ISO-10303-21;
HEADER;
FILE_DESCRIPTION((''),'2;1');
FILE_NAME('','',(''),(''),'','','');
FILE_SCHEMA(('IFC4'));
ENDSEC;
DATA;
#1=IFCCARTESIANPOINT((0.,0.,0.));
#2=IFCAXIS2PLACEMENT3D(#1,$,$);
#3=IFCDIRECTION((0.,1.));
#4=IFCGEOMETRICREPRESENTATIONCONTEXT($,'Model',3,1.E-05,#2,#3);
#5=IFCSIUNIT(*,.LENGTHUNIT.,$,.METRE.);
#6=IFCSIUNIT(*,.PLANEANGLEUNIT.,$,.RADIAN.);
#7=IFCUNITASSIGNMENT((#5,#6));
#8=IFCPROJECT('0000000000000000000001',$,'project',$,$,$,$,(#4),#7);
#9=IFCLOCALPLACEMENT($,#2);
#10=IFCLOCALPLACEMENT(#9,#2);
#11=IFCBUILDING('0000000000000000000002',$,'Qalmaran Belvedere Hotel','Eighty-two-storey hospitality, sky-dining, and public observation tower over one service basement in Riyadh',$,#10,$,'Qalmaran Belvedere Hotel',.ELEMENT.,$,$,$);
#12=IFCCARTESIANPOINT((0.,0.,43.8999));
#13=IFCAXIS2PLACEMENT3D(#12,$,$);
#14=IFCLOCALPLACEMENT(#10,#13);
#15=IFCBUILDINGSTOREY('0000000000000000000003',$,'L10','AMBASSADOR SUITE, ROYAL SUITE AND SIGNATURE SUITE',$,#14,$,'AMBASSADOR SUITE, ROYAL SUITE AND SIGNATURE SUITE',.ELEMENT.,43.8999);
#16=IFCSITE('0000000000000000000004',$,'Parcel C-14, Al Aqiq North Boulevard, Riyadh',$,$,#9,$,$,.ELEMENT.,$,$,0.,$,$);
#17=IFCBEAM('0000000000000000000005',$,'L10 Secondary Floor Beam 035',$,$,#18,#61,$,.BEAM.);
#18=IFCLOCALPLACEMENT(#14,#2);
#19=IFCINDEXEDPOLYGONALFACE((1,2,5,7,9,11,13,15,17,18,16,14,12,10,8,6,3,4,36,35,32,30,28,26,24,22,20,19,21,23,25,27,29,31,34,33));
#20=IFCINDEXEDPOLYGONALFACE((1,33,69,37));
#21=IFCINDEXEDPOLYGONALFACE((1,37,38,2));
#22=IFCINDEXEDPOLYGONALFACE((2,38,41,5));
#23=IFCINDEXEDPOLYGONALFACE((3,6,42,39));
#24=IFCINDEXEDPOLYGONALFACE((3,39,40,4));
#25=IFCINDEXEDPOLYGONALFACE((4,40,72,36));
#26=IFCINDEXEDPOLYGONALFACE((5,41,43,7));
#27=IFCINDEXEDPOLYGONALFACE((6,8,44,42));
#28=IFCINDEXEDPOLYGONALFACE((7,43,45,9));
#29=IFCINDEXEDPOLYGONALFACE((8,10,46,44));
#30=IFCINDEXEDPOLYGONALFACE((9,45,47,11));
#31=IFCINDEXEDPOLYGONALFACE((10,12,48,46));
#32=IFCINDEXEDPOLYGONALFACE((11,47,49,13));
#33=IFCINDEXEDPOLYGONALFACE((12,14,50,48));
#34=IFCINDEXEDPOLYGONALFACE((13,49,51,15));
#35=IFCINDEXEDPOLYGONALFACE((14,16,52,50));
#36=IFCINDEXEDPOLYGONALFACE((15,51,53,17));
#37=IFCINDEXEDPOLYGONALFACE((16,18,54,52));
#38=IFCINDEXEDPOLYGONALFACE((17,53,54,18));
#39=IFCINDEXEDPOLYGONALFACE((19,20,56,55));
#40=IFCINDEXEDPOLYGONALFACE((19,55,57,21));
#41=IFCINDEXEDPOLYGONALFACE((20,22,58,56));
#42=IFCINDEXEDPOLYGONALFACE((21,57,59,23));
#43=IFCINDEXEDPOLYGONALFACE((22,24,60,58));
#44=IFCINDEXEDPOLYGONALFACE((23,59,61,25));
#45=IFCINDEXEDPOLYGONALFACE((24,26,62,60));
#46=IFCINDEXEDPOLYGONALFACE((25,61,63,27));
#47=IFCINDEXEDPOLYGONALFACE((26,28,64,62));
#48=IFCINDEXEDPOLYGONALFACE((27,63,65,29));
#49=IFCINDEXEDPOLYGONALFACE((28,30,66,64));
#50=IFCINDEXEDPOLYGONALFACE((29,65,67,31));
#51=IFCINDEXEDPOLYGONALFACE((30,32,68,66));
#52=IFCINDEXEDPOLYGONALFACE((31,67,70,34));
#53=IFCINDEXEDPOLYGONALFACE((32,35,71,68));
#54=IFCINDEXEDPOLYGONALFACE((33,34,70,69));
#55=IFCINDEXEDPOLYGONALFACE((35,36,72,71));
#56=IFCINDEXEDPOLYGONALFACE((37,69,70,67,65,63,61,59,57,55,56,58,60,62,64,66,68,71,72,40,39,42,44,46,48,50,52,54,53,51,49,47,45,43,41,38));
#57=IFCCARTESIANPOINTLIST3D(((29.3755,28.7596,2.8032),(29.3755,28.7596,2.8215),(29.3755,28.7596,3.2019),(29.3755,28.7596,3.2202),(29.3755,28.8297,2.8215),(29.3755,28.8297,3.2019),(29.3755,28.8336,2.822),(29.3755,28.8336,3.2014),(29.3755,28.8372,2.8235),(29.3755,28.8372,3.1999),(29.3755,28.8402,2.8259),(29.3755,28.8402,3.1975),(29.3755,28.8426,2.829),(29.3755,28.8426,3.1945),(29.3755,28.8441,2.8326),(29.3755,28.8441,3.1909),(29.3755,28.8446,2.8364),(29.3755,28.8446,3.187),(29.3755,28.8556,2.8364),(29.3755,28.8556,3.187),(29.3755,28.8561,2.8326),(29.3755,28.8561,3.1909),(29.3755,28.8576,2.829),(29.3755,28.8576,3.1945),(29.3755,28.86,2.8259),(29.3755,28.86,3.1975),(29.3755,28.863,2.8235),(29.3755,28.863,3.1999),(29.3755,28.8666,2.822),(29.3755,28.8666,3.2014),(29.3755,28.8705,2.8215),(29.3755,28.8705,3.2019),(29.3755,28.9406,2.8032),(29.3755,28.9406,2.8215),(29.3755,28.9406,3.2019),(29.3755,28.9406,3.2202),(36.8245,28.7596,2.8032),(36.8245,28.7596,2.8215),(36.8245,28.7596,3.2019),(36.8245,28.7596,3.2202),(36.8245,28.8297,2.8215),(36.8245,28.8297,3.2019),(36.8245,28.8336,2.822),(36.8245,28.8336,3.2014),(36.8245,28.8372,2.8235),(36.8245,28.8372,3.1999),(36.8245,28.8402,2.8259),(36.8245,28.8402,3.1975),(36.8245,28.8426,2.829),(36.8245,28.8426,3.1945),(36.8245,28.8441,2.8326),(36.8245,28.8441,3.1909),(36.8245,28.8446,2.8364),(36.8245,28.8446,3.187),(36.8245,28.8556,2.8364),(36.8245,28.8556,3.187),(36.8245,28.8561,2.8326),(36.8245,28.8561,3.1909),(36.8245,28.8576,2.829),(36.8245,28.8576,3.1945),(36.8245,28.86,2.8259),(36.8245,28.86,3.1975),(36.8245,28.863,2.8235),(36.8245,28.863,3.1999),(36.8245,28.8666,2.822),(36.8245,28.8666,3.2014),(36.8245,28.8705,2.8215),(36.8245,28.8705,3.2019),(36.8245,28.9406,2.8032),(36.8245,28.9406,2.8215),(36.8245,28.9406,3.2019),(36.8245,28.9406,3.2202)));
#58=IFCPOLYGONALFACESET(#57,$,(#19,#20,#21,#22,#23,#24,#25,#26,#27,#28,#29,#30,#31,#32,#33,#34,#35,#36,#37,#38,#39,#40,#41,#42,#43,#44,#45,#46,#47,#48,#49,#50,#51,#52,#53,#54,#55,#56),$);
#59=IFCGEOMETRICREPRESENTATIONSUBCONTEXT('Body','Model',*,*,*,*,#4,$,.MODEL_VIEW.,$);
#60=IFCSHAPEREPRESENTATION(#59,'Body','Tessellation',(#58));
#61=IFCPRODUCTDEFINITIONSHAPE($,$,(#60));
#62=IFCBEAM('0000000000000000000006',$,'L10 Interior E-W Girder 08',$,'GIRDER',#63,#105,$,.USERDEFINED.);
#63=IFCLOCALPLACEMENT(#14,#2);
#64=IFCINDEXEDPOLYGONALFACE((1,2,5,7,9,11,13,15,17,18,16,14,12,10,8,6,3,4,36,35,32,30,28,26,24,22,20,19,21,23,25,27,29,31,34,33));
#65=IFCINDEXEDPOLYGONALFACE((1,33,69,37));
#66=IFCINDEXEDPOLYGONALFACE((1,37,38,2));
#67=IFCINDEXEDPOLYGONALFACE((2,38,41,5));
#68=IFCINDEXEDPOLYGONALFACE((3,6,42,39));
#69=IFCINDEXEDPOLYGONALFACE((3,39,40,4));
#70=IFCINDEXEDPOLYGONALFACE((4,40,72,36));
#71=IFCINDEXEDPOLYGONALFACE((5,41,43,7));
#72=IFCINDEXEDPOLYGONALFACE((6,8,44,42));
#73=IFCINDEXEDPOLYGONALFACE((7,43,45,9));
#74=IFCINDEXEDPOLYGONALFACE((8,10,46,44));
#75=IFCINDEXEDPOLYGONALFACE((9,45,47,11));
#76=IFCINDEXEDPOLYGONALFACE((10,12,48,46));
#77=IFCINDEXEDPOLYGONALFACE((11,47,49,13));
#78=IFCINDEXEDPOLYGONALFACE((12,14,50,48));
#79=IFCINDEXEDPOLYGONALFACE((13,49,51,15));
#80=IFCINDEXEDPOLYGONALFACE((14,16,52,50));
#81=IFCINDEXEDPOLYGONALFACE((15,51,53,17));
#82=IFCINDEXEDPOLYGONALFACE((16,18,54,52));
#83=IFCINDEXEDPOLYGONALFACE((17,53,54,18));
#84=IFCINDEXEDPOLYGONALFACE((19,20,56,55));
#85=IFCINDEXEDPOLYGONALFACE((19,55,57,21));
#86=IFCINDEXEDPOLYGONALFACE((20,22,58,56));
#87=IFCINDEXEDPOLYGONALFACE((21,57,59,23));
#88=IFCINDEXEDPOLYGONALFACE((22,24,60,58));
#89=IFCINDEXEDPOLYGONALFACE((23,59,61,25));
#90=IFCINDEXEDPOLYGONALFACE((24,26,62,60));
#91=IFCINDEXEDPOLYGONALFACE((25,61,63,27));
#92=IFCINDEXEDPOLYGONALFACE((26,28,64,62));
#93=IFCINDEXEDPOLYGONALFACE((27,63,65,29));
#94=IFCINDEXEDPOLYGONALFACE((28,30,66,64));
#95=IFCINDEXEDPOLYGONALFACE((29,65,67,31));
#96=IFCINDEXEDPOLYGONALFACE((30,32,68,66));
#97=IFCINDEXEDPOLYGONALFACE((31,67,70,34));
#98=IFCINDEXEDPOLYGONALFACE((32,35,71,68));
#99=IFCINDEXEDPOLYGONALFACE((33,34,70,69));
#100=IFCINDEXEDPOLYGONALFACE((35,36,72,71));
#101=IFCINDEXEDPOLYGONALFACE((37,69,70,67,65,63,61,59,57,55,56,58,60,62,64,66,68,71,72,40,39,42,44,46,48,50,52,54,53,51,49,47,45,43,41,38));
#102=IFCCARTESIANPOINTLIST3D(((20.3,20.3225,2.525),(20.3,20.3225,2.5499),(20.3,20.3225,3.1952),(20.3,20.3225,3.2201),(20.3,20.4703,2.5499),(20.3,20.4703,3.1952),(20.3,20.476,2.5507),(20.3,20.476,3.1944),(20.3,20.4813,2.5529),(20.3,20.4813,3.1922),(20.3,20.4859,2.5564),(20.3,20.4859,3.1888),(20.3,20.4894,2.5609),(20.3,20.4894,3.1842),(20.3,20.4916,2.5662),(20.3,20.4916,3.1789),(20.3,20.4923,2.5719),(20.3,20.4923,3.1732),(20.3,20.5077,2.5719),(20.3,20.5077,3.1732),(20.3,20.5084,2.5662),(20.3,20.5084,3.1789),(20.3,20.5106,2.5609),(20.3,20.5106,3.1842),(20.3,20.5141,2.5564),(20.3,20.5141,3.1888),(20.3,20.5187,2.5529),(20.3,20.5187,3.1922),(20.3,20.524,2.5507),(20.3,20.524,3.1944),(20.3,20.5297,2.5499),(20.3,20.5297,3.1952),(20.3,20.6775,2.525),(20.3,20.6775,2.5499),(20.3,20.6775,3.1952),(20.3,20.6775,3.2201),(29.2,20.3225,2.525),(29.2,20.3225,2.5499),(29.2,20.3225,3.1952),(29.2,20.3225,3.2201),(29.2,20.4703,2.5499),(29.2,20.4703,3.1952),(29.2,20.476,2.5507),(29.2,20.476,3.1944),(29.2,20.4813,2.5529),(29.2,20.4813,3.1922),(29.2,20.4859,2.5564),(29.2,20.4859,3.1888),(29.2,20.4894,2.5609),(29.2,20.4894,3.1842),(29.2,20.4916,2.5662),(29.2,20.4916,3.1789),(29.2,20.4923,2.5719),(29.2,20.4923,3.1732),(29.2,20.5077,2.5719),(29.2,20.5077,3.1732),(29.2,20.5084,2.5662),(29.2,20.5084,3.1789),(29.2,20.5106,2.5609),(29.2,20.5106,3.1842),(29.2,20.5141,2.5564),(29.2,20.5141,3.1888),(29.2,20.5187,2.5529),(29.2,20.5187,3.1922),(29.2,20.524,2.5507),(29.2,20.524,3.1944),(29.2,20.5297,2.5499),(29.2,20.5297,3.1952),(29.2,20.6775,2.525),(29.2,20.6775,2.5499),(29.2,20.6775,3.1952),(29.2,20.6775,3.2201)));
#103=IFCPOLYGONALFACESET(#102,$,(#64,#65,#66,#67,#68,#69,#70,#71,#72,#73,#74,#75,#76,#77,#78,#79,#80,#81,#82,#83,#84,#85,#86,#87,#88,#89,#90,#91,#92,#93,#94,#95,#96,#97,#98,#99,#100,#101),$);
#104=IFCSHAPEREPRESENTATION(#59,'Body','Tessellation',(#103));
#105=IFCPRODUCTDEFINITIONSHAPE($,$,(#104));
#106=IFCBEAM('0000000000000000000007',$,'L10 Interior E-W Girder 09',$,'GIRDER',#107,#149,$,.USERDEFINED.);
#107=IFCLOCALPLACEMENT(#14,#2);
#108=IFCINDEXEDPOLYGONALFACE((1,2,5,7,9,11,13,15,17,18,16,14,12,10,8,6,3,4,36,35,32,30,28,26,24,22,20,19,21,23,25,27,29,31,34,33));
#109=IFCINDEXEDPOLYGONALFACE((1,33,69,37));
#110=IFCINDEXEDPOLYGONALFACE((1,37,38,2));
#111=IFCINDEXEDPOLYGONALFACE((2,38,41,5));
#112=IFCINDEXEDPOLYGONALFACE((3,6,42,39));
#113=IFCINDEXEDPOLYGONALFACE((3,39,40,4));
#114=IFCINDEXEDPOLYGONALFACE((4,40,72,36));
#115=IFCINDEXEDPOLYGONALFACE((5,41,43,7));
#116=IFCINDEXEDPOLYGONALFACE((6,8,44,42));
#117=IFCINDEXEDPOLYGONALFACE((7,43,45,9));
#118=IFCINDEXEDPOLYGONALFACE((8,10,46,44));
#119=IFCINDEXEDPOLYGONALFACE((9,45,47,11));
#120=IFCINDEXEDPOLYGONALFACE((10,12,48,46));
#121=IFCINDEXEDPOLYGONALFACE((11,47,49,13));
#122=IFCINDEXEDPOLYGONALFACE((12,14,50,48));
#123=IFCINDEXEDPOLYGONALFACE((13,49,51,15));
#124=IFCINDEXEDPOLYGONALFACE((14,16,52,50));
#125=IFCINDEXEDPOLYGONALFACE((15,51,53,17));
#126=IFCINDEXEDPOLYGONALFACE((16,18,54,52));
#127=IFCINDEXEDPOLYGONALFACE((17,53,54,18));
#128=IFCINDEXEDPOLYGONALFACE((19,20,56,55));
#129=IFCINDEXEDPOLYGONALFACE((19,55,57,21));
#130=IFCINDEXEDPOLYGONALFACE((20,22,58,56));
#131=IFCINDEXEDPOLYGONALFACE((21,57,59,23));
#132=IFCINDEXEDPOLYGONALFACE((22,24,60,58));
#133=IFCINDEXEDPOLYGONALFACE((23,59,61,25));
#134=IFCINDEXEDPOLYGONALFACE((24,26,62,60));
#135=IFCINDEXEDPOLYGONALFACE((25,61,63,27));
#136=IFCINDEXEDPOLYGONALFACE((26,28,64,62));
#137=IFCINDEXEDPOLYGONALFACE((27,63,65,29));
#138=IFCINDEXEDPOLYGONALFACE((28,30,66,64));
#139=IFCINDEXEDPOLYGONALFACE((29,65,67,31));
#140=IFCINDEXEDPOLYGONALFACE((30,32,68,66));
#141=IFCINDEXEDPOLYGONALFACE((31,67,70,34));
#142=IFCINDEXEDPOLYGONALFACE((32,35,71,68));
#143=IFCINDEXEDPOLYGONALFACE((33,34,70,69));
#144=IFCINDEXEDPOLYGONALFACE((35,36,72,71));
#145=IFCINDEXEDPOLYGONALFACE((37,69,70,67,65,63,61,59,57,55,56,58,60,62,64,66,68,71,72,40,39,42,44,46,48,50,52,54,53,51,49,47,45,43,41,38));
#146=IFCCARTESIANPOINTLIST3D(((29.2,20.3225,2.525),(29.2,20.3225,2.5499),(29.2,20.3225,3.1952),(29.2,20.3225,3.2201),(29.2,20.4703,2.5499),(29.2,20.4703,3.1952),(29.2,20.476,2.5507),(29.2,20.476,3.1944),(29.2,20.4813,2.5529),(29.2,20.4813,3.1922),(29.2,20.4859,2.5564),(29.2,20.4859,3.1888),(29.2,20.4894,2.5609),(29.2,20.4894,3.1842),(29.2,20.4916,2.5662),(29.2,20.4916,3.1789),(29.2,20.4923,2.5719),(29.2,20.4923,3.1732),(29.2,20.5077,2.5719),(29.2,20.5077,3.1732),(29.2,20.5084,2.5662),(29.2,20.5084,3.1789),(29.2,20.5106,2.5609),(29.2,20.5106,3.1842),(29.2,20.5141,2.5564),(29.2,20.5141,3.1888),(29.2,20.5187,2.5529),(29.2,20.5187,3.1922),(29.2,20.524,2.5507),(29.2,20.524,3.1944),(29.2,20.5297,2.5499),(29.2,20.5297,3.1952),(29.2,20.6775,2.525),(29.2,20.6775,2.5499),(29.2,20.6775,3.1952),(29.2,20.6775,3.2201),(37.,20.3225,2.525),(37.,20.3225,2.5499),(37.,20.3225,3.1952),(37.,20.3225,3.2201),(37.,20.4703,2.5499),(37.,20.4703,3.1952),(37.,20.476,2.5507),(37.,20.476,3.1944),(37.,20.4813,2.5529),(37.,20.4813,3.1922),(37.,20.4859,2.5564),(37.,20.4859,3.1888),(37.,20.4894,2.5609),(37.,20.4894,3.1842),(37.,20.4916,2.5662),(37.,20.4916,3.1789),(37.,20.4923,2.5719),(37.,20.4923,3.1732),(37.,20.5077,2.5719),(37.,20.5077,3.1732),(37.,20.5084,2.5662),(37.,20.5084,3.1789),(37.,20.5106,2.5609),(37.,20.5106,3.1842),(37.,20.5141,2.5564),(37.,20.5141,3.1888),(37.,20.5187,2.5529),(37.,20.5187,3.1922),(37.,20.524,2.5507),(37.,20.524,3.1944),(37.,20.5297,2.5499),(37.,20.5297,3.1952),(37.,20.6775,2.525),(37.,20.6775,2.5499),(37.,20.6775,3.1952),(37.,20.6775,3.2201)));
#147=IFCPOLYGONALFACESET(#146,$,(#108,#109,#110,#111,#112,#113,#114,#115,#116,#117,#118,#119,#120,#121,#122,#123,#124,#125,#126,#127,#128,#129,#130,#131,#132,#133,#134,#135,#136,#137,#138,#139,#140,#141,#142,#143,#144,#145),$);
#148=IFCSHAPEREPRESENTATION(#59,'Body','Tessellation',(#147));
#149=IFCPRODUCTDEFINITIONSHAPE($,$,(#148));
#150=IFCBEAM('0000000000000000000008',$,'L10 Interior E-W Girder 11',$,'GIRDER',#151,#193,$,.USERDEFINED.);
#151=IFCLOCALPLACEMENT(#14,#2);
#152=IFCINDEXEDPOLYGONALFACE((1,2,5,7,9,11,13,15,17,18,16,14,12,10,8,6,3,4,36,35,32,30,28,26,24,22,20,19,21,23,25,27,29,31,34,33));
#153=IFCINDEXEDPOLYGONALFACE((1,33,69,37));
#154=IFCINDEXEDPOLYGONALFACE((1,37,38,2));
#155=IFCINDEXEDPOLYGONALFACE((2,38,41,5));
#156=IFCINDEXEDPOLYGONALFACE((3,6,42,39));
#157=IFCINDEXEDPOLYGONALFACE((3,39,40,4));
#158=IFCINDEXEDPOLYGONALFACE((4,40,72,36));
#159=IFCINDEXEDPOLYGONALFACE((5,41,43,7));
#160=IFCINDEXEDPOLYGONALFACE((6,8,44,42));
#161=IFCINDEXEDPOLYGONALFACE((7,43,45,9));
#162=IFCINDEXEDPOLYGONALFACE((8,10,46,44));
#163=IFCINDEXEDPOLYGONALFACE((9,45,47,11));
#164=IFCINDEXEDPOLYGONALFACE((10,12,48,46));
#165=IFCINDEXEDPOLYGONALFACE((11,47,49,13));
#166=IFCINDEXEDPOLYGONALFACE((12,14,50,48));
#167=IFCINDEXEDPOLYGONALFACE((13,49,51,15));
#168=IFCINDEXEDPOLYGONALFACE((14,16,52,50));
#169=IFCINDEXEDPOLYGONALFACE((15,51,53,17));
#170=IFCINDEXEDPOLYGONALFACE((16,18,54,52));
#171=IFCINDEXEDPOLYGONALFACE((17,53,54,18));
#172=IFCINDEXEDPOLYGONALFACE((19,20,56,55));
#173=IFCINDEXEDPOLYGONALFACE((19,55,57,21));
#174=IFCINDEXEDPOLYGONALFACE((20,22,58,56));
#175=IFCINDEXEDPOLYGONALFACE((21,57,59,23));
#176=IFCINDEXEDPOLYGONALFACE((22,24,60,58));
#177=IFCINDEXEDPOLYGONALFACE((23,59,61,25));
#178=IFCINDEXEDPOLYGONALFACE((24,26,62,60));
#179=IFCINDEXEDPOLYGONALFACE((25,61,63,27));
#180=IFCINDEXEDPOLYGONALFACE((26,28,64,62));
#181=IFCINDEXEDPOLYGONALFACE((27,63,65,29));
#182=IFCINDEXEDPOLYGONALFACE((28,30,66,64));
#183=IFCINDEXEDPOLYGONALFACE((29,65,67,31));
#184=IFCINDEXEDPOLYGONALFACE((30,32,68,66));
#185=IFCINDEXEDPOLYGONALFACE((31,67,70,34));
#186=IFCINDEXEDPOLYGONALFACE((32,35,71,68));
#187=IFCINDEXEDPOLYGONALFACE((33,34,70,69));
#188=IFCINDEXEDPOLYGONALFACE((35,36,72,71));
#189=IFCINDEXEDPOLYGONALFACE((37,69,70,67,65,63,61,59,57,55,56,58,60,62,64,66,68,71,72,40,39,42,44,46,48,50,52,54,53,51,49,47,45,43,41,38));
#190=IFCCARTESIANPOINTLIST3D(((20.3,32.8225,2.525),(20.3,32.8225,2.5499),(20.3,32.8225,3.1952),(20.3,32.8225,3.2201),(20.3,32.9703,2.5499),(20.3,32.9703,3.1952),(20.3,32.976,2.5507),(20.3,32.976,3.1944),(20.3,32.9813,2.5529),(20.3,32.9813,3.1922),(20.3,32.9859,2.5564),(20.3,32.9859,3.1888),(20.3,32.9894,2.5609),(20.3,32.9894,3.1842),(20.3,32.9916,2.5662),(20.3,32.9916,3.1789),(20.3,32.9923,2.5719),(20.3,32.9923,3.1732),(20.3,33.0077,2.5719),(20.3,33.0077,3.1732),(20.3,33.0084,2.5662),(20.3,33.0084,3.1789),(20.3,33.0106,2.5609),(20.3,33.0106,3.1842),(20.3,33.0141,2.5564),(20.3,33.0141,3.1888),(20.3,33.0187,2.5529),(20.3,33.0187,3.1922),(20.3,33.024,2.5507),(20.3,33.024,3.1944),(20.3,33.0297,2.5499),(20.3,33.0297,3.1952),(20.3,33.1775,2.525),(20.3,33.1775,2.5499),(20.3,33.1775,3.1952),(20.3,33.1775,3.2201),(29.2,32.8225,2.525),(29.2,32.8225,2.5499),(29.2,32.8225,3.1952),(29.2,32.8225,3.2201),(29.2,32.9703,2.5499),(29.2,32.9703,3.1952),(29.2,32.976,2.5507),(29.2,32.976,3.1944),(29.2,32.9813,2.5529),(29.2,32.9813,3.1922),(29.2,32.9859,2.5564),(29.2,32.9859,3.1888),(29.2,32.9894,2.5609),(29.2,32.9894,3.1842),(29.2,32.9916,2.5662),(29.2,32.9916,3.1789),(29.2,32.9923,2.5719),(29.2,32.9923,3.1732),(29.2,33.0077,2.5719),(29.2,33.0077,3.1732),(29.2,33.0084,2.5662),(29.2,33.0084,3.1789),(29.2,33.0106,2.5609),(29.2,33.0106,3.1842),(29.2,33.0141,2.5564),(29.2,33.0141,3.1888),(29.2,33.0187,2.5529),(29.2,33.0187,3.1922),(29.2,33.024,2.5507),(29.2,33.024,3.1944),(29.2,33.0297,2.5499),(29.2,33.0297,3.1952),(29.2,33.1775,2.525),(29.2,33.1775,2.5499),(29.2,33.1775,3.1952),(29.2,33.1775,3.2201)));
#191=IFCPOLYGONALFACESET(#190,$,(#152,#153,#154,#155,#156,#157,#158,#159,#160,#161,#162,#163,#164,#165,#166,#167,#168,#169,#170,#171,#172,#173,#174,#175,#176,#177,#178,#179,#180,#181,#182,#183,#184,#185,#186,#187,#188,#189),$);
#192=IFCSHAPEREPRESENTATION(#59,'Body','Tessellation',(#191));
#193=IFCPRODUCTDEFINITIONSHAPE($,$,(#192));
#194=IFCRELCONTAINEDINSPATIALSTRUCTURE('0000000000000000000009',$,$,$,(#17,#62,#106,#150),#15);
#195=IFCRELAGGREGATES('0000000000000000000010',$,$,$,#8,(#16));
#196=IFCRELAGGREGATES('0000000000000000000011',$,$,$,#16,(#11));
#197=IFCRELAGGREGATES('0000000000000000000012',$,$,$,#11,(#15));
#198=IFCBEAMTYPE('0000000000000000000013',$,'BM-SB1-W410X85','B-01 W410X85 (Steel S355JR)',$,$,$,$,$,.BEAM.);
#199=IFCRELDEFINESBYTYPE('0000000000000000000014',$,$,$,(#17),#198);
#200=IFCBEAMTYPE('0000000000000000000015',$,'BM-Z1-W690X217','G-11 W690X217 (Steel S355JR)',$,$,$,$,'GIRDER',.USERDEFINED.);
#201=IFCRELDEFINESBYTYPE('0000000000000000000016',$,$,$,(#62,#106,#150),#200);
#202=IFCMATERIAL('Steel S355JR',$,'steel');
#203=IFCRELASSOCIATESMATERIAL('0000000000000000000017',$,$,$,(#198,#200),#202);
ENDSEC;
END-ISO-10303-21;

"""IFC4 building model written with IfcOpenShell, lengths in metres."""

from ifc_helpers import new_model, si_unit, direction, frame, origin, origin_2d, place, context, subcontext, project, spatial, i_section, extrude, material, material_profile, profile_set, type_object, element, save


model = new_model("IFC4")

# Units and contexts
model_context = context("Model", 3, precision=1e-05, world=origin(), true_north=direction((0.0, 1.0)))
body_context = subcontext(model_context, "Body", "Model", "MODEL_VIEW")
ifc_project = project(units=[si_unit("LENGTHUNIT", "METRE"), si_unit("PLANEANGLEUNIT", "RADIAN")], contexts=[model_context])

# Site, building, storey
site_placement = place(None, origin())
site = spatial("IfcSite", under=ifc_project, at=site_placement, Name="Parcel C-14, Al Aqiq North Boulevard, Riyadh", CompositionType="ELEMENT", RefElevation=0.0)
building_placement = place(site_placement, origin())
building = spatial("IfcBuilding", under=site, at=building_placement, Name="Qalmaran Belvedere Hotel", Description="Eighty-two-storey hospitality, sky-dining, and public observation tower over one service basement in Riyadh", LongName="Qalmaran Belvedere Hotel", CompositionType="ELEMENT")
storey_placement = place(building_placement, frame((0.0, 0.0, 43.8999)))
storey = spatial("IfcBuildingStorey", under=building, at=storey_placement, Name="L10", Description="AMBASSADOR SUITE, ROYAL SUITE AND SIGNATURE SUITE", LongName="AMBASSADOR SUITE, ROYAL SUITE AND SIGNATURE SUITE", CompositionType="ELEMENT", Elevation=43.8999)

# Beams
ifc_material_1 = material(Name="Steel S355JR", Category="steel")
ifc_material_profile_1 = material_profile(ifc_material_1, i_section(OverallWidth=0.1809, OverallDepth=0.417, WebThickness=0.011, FlangeThickness=0.0183, FilletRadius=0.0149, at=origin_2d()), Name="W410X85")
ifc_profile_set_1 = profile_set([ifc_material_profile_1], Name="Steel S355JR")
beam_type_1 = type_object("IfcBeamType", Name="BM-SB1-W410X85", Description="B-01 W410X85 (Steel S355JR)", PredefinedType="BEAM", material=ifc_profile_set_1)
beam_1_placement = place(storey_placement, frame((29.3755, 28.8501, 3.0117), z_axis=(1.0, 0.0, 0.0), x_axis=(0.0, 1.0, 0.0)))
element("IfcBeam", 1, at=beam_1_placement, inside=storey, type_object=beam_type_1, Name="L10 Secondary Floor Beam 035", PredefinedType="BEAM", context=body_context, shape_type="SweptSolid", body=[
    extrude(i_section(OverallWidth=0.1809, OverallDepth=0.417, WebThickness=0.011, FlangeThickness=0.0183, FilletRadius=0.0149, at=origin_2d()), origin(), (0.0, 0.0, 1.0), 7.449),
])
ifc_material_profile_2 = material_profile(ifc_material_1, i_section(OverallWidth=0.355, OverallDepth=0.6951, WebThickness=0.0154, FlangeThickness=0.0249, FilletRadius=0.022, at=origin_2d()), Name="W690X217")
ifc_profile_set_2 = profile_set([ifc_material_profile_2], Name="Steel S355JR")
beam_type_2 = type_object("IfcBeamType", Name="BM-Z1-W690X217", Description="G-11 W690X217 (Steel S355JR)", ElementType="GIRDER", PredefinedType="USERDEFINED", material=ifc_profile_set_2)
beam_2_placement = place(storey_placement, frame((20.3, 20.5, 2.8726), z_axis=(1.0, 0.0, 0.0), x_axis=(0.0, 1.0, 0.0)))
element("IfcBeam", 2, at=beam_2_placement, inside=storey, type_object=beam_type_2, Name="L10 Interior E-W Girder 08", ObjectType="GIRDER", PredefinedType="USERDEFINED", context=body_context, shape_type="SweptSolid", body=[
    extrude(i_section(OverallWidth=0.355, OverallDepth=0.6951, WebThickness=0.0154, FlangeThickness=0.0249, FilletRadius=0.022, at=origin_2d()), origin(), (0.0, 0.0, 1.0), 8.8999),
])
beam_3_placement = place(storey_placement, frame((29.2, 20.5, 2.8726), z_axis=(1.0, 0.0, 0.0), x_axis=(0.0, 1.0, 0.0)))
element("IfcBeam", 3, at=beam_3_placement, inside=storey, type_object=beam_type_2, Name="L10 Interior E-W Girder 09", ObjectType="GIRDER", PredefinedType="USERDEFINED", context=body_context, shape_type="SweptSolid", body=[
    extrude(i_section(OverallWidth=0.355, OverallDepth=0.6951, WebThickness=0.0154, FlangeThickness=0.0249, FilletRadius=0.022, at=origin_2d()), origin(), (0.0, 0.0, 1.0), 7.8),
])
beam_4_placement = place(storey_placement, frame((20.3, 33.0, 2.8726), z_axis=(1.0, 0.0, 0.0), x_axis=(0.0, 1.0, 0.0)))
element("IfcBeam", 4, at=beam_4_placement, inside=storey, type_object=beam_type_2, Name="L10 Interior E-W Girder 11", ObjectType="GIRDER", PredefinedType="USERDEFINED", context=body_context, shape_type="SweptSolid", body=[
    extrude(i_section(OverallWidth=0.355, OverallDepth=0.6951, WebThickness=0.0154, FlangeThickness=0.0249, FilletRadius=0.022, at=origin_2d()), origin(), (0.0, 0.0, 1.0), 8.8999),
])

save(model, "model.ifc")
